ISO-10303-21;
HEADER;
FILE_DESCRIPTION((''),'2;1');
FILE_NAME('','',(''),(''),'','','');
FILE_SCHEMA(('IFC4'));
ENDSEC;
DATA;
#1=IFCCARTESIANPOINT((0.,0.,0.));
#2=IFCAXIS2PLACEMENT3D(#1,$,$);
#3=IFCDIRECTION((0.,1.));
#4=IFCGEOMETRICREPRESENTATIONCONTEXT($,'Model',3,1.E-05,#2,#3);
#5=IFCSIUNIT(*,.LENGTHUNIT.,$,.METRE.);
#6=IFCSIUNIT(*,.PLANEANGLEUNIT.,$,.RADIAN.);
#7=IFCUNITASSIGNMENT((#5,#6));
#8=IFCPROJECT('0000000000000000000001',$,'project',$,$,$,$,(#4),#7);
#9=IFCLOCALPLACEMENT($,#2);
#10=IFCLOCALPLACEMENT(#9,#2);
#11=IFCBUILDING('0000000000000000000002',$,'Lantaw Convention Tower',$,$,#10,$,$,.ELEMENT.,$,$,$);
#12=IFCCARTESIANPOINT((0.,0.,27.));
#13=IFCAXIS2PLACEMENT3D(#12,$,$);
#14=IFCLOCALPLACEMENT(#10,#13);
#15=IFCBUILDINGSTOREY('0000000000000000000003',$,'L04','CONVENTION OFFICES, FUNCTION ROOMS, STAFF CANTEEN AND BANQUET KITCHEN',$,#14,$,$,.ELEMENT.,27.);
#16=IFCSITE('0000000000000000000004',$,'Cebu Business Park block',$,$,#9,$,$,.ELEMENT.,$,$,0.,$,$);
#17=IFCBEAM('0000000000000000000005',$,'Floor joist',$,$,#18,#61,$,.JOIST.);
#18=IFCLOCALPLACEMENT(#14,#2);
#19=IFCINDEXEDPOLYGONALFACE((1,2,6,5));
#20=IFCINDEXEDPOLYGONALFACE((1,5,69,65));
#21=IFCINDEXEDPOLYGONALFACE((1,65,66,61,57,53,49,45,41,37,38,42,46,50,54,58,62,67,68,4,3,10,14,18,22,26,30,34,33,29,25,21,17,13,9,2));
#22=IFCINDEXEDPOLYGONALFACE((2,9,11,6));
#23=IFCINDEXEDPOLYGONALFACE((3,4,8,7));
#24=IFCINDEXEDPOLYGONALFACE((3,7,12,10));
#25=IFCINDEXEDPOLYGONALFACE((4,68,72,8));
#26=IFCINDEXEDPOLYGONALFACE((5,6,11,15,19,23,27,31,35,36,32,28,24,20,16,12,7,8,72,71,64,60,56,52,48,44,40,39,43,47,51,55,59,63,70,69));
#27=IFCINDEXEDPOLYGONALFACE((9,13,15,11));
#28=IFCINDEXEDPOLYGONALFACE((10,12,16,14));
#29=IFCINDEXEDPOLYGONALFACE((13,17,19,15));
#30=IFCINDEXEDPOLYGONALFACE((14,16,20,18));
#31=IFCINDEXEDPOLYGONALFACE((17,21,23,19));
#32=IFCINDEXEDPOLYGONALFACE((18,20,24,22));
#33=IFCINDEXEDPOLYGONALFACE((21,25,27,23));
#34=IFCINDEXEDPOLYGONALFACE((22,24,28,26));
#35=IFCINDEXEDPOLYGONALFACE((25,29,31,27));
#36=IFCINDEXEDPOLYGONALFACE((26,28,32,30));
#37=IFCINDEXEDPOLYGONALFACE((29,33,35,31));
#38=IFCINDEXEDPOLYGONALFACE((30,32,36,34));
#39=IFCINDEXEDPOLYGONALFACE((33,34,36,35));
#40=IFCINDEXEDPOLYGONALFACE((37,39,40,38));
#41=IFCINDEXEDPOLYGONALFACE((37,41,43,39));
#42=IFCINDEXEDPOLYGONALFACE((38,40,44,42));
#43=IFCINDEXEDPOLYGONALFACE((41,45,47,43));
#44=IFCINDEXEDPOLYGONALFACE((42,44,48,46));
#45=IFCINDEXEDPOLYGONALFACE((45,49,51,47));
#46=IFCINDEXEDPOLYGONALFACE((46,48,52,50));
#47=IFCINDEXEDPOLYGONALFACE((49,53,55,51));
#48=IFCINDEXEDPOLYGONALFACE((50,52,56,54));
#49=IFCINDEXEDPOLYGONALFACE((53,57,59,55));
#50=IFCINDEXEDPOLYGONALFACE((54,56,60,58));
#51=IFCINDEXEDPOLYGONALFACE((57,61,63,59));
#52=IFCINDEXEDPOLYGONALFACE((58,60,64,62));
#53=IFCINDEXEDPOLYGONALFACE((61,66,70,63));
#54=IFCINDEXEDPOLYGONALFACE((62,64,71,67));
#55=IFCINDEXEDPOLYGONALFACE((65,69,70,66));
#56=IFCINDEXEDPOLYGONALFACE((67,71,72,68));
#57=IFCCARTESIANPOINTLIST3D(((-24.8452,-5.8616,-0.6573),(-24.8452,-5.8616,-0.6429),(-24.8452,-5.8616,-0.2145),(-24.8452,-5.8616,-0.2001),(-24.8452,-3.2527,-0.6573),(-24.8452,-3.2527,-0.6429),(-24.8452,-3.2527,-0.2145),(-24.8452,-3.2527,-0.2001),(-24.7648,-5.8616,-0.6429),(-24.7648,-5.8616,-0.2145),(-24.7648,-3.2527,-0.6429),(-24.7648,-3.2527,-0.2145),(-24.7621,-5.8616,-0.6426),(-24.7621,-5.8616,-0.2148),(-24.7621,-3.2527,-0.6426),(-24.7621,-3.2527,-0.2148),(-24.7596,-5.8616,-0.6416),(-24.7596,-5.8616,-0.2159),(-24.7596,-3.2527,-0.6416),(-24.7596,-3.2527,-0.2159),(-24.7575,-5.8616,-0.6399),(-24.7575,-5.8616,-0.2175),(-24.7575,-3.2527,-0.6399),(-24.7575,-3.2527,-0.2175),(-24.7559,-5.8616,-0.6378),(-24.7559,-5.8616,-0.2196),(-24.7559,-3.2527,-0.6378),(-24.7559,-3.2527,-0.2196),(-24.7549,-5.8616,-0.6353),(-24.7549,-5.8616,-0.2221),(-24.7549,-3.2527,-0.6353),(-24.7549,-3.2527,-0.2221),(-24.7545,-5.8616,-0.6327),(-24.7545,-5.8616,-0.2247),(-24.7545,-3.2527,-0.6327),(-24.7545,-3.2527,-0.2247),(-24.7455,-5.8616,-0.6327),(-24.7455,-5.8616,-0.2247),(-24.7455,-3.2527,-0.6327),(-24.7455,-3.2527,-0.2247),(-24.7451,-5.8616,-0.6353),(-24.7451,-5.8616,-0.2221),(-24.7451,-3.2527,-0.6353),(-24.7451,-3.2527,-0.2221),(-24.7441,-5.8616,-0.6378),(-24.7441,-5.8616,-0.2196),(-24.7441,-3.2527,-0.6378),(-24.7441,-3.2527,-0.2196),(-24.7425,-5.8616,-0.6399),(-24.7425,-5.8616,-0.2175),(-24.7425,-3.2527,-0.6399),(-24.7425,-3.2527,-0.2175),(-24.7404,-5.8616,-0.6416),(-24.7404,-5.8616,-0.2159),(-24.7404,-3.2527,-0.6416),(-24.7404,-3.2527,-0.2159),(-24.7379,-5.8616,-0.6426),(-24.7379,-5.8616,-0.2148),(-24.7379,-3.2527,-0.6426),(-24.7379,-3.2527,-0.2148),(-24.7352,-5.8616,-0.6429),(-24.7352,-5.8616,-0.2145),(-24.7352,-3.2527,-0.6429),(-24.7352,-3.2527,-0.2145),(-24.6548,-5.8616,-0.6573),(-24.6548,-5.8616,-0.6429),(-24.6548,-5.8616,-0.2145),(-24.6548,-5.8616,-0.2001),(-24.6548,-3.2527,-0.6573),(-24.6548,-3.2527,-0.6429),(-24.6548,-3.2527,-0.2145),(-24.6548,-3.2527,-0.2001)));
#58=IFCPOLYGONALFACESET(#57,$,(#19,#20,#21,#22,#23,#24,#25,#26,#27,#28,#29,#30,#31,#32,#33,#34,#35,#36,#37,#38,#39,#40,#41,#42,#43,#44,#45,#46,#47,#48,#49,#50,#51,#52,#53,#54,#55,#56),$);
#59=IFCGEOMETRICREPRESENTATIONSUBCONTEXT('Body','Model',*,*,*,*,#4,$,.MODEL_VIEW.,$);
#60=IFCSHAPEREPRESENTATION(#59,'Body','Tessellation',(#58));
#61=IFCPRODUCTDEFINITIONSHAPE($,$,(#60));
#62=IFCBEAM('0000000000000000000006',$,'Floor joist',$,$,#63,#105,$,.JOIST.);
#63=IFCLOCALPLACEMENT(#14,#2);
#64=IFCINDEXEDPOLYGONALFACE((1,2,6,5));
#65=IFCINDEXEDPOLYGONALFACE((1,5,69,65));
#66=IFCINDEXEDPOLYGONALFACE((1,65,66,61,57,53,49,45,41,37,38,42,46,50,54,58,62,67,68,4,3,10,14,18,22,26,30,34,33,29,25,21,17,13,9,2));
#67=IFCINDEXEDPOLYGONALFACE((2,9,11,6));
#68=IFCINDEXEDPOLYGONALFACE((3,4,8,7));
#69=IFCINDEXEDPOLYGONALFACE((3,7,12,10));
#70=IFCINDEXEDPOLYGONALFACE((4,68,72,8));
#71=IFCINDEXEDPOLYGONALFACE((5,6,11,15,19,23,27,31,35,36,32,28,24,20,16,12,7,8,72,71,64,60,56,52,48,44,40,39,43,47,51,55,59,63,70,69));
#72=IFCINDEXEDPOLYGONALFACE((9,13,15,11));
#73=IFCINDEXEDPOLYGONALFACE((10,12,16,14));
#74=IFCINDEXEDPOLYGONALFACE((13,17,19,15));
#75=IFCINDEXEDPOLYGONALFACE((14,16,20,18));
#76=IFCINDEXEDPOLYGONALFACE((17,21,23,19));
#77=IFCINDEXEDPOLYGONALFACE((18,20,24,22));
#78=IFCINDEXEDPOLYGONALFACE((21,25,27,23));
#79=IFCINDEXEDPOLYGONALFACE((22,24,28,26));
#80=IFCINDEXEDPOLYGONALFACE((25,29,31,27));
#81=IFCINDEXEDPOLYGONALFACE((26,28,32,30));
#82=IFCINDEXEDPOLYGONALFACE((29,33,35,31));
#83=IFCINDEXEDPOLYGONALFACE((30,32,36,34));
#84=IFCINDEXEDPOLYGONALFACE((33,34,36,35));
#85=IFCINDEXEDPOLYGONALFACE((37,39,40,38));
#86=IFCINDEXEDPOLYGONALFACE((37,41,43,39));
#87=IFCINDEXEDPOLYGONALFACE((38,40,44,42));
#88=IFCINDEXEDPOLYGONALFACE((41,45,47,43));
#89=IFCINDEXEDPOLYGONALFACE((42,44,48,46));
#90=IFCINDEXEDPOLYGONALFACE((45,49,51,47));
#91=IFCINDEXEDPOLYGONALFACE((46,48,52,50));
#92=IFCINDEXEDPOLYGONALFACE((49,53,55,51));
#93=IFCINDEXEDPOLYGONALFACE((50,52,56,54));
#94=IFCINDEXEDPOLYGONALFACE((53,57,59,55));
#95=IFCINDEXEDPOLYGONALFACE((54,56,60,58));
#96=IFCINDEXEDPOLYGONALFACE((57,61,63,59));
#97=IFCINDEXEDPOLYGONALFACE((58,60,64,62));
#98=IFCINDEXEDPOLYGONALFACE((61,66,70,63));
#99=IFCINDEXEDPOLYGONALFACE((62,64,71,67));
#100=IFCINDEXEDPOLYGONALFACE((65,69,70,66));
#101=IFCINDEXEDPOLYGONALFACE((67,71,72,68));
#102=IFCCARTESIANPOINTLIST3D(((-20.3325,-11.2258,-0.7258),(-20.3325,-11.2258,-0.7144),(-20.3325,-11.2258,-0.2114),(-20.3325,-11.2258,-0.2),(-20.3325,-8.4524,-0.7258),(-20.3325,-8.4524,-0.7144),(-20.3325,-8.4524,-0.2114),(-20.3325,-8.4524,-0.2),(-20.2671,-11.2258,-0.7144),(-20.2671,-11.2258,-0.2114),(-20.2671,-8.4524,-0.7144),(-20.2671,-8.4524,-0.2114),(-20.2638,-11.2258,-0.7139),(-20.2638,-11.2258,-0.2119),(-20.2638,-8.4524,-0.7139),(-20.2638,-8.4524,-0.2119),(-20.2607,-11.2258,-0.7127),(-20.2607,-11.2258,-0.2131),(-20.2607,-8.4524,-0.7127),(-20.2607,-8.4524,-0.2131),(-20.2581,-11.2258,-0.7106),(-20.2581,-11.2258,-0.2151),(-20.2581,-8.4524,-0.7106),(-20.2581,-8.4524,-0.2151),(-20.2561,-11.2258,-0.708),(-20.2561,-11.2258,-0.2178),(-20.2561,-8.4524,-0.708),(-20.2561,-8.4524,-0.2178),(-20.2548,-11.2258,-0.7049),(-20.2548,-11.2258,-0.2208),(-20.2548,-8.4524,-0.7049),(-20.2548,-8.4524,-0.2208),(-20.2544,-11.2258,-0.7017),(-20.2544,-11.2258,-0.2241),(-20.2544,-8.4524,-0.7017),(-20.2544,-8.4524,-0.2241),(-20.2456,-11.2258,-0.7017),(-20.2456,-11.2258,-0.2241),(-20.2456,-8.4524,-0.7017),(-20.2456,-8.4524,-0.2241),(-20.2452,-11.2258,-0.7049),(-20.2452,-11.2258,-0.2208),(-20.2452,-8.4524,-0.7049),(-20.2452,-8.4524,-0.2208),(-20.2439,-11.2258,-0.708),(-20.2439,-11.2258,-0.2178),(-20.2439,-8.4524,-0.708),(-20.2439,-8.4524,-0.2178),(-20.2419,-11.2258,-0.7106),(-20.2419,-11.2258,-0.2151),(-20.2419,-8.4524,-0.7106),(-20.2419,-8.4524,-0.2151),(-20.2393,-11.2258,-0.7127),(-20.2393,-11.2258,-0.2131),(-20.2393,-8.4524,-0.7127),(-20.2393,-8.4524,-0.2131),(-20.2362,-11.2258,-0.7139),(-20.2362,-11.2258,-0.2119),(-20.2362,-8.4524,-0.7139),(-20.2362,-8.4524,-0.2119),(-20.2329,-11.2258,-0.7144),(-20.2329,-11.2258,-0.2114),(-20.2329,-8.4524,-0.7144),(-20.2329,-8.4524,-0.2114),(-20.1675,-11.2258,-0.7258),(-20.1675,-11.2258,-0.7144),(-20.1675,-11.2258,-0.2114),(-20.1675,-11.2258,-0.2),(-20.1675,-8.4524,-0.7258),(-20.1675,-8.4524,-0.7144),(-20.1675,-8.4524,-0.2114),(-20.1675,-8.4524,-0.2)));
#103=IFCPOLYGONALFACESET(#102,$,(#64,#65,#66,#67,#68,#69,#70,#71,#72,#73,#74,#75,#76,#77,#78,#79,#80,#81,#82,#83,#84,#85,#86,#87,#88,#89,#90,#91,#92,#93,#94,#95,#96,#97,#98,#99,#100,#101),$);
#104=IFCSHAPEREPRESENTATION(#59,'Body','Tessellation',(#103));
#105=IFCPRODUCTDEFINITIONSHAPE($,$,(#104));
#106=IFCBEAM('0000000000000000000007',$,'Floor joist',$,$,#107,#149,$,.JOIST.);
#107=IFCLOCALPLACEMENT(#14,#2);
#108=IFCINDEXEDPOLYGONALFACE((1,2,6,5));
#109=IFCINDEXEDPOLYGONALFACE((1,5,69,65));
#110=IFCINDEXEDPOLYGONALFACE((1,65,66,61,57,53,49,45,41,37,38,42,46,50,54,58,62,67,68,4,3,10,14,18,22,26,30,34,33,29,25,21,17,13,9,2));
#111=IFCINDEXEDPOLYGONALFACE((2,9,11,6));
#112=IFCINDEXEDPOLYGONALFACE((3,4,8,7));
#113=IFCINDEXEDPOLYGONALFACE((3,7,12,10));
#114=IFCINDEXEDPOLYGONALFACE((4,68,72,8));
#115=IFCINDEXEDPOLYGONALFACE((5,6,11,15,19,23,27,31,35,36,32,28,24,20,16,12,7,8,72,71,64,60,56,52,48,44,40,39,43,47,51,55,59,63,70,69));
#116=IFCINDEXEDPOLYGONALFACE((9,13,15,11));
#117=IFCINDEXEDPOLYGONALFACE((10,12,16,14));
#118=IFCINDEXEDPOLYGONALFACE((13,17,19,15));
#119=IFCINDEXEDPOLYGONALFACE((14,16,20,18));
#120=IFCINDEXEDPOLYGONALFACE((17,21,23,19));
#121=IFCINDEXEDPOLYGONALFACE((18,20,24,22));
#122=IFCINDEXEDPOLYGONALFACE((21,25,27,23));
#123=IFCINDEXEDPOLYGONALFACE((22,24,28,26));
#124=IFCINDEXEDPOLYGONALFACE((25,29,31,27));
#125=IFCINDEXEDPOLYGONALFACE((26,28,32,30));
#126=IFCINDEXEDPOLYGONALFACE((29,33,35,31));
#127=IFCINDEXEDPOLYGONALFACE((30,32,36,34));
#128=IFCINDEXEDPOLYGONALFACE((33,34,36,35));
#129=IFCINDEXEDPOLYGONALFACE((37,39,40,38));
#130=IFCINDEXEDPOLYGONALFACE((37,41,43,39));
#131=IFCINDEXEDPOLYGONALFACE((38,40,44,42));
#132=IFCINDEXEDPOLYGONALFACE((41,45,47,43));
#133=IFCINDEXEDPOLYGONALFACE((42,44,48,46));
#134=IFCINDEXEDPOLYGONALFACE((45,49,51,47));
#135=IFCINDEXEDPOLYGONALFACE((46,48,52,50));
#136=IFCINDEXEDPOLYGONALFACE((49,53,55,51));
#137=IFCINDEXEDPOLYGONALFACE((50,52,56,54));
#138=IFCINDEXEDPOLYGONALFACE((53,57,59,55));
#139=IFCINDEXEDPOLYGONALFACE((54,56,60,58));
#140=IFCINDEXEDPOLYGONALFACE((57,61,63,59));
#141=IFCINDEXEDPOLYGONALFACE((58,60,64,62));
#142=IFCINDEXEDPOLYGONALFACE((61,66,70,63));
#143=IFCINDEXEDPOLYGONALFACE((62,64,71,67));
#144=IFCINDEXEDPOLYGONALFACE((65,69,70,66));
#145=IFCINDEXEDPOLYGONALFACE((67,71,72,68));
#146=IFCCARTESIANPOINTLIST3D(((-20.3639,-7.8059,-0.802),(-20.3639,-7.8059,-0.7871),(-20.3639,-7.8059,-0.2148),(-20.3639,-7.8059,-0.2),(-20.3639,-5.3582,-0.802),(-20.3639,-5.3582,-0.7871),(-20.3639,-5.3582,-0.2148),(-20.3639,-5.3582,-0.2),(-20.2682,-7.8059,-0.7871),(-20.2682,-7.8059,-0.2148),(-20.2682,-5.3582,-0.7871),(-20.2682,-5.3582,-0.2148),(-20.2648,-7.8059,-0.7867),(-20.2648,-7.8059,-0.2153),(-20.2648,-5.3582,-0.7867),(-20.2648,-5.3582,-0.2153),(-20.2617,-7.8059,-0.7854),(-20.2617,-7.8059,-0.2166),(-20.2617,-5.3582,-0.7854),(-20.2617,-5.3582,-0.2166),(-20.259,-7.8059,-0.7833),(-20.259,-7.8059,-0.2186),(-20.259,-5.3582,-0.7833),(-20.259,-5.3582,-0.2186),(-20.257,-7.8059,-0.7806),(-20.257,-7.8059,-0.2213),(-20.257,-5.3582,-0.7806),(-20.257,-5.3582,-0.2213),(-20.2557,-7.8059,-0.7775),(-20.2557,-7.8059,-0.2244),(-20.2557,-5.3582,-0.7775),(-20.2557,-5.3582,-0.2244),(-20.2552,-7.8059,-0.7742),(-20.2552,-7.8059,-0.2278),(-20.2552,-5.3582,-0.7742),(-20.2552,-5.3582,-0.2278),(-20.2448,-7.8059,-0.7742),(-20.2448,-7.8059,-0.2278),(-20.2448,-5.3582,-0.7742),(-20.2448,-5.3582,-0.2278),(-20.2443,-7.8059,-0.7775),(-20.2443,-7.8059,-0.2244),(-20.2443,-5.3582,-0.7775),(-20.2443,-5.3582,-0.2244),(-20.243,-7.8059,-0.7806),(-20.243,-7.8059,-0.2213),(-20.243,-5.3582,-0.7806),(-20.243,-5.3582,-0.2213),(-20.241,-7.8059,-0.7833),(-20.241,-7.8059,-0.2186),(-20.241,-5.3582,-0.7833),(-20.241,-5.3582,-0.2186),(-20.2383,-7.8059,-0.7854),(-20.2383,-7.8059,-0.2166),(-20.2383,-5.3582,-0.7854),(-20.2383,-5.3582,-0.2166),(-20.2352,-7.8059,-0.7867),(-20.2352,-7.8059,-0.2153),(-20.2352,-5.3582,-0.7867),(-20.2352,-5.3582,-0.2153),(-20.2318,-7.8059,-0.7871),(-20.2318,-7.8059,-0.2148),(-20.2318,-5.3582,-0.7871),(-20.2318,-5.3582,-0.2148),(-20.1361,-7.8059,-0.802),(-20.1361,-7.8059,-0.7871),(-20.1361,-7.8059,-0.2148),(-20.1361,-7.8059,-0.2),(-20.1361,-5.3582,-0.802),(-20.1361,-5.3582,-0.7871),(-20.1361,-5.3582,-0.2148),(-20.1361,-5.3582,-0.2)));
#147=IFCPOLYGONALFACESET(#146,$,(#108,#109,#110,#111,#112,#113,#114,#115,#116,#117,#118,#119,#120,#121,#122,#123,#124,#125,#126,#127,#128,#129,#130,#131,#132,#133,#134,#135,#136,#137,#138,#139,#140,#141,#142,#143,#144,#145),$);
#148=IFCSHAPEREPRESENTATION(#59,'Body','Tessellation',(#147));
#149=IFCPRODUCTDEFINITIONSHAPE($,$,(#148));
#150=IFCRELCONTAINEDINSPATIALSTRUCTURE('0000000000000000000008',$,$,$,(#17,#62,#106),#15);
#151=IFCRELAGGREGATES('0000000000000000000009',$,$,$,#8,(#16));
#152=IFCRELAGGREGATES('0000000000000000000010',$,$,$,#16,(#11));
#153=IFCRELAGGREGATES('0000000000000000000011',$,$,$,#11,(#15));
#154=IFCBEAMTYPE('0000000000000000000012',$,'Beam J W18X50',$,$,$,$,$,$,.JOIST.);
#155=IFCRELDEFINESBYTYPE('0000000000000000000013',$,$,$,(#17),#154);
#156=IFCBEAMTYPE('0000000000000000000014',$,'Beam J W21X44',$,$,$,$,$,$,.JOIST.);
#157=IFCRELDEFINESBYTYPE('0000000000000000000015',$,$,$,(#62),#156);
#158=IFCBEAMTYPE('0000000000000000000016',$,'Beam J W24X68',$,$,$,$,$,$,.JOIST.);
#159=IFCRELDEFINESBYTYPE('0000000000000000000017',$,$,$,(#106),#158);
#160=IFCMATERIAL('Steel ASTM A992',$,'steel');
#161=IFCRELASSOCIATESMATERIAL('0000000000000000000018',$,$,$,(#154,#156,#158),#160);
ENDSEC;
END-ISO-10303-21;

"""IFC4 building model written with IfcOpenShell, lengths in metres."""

from ifc_helpers import new_model, si_unit, direction, frame, origin, origin_2d, place, context, subcontext, project, spatial, i_section, extrude, material, material_profile, profile_set, type_object, element, save


model = new_model("IFC4")

# Units and contexts
model_context = context("Model", 3, precision=1e-05, world=origin(), true_north=direction((0.0, 1.0)))
body_context = subcontext(model_context, "Body", "Model", "MODEL_VIEW")
ifc_project = project(units=[si_unit("LENGTHUNIT", "METRE"), si_unit("PLANEANGLEUNIT", "RADIAN")], contexts=[model_context])

# Site, building, storey
site_placement = place(None, origin())
site = spatial("IfcSite", under=ifc_project, at=site_placement, Name="Cebu Business Park block", CompositionType="ELEMENT", RefElevation=0.0)
building_placement = place(site_placement, origin())
building = spatial("IfcBuilding", under=site, at=building_placement, Name="Lantaw Convention Tower", CompositionType="ELEMENT")
storey_placement = place(building_placement, frame((0.0, 0.0, 27.0)))
storey = spatial("IfcBuildingStorey", under=building, at=storey_placement, Name="L04", Description="CONVENTION OFFICES, FUNCTION ROOMS, STAFF CANTEEN AND BANQUET KITCHEN", CompositionType="ELEMENT", Elevation=27.0)

# Beams
ifc_material_1 = material(Name="Steel ASTM A992", Category="steel")
ifc_material_profile_1 = material_profile(ifc_material_1, i_section(OverallWidth=0.1904, OverallDepth=0.4573, WebThickness=0.009, FlangeThickness=0.0144, FilletRadius=0.0103, at=origin_2d()), Name="W18X50")
ifc_profile_set_1 = profile_set([ifc_material_profile_1], Name="Steel ASTM A992")
beam_type_1 = type_object("IfcBeamType", Name="Beam J W18X50", PredefinedType="JOIST", material=ifc_profile_set_1)
beam_1_placement = place(storey_placement, frame((-24.75, -5.8616, -0.4287), z_axis=(0.0, 1.0, 0.0), x_axis=(-1.0, 0.0, 0.0)))
element("IfcBeam", 1, at=beam_1_placement, inside=storey, type_object=beam_type_1, Name="Floor joist", PredefinedType="JOIST", context=body_context, shape_type="SweptSolid", body=[
    extrude(i_section(OverallWidth=0.1904, OverallDepth=0.4573, WebThickness=0.009, FlangeThickness=0.0144, FilletRadius=0.0103, at=origin_2d()), origin(), (0.0, 0.0, 1.0), 2.6089),
])
ifc_material_profile_2 = material_profile(ifc_material_1, i_section(OverallWidth=0.165, OverallDepth=0.5259, WebThickness=0.0088, FlangeThickness=0.0115, FilletRadius=0.0127, at=origin_2d()), Name="W21X44")
ifc_profile_set_2 = profile_set([ifc_material_profile_2], Name="Steel ASTM A992")
beam_type_2 = type_object("IfcBeamType", Name="Beam J W21X44", PredefinedType="JOIST", material=ifc_profile_set_2)
beam_2_placement = place(storey_placement, frame((-20.25, -11.2258, -0.4629), z_axis=(0.0, 1.0, 0.0), x_axis=(-1.0, 0.0, 0.0)))
element("IfcBeam", 2, at=beam_2_placement, inside=storey, type_object=beam_type_2, Name="Floor joist", PredefinedType="JOIST", context=body_context, shape_type="SweptSolid", body=[
    extrude(i_section(OverallWidth=0.165, OverallDepth=0.5259, WebThickness=0.0088, FlangeThickness=0.0115, FilletRadius=0.0127, at=origin_2d()), origin(), (0.0, 0.0, 1.0), 2.7734),
])
ifc_material_profile_3 = material_profile(ifc_material_1, i_section(OverallWidth=0.2278, OverallDepth=0.6021, WebThickness=0.0105, FlangeThickness=0.0149, FilletRadius=0.0129, at=origin_2d()), Name="W24X68")
ifc_profile_set_3 = profile_set([ifc_material_profile_3], Name="Steel ASTM A992")
beam_type_3 = type_object("IfcBeamType", Name="Beam J W24X68", PredefinedType="JOIST", material=ifc_profile_set_3)
beam_3_placement = place(storey_placement, frame((-20.25, -7.8059, -0.501), z_axis=(0.0, 1.0, 0.0), x_axis=(-1.0, 0.0, 0.0)))
element("IfcBeam", 3, at=beam_3_placement, inside=storey, type_object=beam_type_3, Name="Floor joist", PredefinedType="JOIST", context=body_context, shape_type="SweptSolid", body=[
    extrude(i_section(OverallWidth=0.2278, OverallDepth=0.6021, WebThickness=0.0105, FlangeThickness=0.0149, FilletRadius=0.0129, at=origin_2d()), origin(), (0.0, 0.0, 1.0), 2.4478),
])

save(model, "model.ifc")
